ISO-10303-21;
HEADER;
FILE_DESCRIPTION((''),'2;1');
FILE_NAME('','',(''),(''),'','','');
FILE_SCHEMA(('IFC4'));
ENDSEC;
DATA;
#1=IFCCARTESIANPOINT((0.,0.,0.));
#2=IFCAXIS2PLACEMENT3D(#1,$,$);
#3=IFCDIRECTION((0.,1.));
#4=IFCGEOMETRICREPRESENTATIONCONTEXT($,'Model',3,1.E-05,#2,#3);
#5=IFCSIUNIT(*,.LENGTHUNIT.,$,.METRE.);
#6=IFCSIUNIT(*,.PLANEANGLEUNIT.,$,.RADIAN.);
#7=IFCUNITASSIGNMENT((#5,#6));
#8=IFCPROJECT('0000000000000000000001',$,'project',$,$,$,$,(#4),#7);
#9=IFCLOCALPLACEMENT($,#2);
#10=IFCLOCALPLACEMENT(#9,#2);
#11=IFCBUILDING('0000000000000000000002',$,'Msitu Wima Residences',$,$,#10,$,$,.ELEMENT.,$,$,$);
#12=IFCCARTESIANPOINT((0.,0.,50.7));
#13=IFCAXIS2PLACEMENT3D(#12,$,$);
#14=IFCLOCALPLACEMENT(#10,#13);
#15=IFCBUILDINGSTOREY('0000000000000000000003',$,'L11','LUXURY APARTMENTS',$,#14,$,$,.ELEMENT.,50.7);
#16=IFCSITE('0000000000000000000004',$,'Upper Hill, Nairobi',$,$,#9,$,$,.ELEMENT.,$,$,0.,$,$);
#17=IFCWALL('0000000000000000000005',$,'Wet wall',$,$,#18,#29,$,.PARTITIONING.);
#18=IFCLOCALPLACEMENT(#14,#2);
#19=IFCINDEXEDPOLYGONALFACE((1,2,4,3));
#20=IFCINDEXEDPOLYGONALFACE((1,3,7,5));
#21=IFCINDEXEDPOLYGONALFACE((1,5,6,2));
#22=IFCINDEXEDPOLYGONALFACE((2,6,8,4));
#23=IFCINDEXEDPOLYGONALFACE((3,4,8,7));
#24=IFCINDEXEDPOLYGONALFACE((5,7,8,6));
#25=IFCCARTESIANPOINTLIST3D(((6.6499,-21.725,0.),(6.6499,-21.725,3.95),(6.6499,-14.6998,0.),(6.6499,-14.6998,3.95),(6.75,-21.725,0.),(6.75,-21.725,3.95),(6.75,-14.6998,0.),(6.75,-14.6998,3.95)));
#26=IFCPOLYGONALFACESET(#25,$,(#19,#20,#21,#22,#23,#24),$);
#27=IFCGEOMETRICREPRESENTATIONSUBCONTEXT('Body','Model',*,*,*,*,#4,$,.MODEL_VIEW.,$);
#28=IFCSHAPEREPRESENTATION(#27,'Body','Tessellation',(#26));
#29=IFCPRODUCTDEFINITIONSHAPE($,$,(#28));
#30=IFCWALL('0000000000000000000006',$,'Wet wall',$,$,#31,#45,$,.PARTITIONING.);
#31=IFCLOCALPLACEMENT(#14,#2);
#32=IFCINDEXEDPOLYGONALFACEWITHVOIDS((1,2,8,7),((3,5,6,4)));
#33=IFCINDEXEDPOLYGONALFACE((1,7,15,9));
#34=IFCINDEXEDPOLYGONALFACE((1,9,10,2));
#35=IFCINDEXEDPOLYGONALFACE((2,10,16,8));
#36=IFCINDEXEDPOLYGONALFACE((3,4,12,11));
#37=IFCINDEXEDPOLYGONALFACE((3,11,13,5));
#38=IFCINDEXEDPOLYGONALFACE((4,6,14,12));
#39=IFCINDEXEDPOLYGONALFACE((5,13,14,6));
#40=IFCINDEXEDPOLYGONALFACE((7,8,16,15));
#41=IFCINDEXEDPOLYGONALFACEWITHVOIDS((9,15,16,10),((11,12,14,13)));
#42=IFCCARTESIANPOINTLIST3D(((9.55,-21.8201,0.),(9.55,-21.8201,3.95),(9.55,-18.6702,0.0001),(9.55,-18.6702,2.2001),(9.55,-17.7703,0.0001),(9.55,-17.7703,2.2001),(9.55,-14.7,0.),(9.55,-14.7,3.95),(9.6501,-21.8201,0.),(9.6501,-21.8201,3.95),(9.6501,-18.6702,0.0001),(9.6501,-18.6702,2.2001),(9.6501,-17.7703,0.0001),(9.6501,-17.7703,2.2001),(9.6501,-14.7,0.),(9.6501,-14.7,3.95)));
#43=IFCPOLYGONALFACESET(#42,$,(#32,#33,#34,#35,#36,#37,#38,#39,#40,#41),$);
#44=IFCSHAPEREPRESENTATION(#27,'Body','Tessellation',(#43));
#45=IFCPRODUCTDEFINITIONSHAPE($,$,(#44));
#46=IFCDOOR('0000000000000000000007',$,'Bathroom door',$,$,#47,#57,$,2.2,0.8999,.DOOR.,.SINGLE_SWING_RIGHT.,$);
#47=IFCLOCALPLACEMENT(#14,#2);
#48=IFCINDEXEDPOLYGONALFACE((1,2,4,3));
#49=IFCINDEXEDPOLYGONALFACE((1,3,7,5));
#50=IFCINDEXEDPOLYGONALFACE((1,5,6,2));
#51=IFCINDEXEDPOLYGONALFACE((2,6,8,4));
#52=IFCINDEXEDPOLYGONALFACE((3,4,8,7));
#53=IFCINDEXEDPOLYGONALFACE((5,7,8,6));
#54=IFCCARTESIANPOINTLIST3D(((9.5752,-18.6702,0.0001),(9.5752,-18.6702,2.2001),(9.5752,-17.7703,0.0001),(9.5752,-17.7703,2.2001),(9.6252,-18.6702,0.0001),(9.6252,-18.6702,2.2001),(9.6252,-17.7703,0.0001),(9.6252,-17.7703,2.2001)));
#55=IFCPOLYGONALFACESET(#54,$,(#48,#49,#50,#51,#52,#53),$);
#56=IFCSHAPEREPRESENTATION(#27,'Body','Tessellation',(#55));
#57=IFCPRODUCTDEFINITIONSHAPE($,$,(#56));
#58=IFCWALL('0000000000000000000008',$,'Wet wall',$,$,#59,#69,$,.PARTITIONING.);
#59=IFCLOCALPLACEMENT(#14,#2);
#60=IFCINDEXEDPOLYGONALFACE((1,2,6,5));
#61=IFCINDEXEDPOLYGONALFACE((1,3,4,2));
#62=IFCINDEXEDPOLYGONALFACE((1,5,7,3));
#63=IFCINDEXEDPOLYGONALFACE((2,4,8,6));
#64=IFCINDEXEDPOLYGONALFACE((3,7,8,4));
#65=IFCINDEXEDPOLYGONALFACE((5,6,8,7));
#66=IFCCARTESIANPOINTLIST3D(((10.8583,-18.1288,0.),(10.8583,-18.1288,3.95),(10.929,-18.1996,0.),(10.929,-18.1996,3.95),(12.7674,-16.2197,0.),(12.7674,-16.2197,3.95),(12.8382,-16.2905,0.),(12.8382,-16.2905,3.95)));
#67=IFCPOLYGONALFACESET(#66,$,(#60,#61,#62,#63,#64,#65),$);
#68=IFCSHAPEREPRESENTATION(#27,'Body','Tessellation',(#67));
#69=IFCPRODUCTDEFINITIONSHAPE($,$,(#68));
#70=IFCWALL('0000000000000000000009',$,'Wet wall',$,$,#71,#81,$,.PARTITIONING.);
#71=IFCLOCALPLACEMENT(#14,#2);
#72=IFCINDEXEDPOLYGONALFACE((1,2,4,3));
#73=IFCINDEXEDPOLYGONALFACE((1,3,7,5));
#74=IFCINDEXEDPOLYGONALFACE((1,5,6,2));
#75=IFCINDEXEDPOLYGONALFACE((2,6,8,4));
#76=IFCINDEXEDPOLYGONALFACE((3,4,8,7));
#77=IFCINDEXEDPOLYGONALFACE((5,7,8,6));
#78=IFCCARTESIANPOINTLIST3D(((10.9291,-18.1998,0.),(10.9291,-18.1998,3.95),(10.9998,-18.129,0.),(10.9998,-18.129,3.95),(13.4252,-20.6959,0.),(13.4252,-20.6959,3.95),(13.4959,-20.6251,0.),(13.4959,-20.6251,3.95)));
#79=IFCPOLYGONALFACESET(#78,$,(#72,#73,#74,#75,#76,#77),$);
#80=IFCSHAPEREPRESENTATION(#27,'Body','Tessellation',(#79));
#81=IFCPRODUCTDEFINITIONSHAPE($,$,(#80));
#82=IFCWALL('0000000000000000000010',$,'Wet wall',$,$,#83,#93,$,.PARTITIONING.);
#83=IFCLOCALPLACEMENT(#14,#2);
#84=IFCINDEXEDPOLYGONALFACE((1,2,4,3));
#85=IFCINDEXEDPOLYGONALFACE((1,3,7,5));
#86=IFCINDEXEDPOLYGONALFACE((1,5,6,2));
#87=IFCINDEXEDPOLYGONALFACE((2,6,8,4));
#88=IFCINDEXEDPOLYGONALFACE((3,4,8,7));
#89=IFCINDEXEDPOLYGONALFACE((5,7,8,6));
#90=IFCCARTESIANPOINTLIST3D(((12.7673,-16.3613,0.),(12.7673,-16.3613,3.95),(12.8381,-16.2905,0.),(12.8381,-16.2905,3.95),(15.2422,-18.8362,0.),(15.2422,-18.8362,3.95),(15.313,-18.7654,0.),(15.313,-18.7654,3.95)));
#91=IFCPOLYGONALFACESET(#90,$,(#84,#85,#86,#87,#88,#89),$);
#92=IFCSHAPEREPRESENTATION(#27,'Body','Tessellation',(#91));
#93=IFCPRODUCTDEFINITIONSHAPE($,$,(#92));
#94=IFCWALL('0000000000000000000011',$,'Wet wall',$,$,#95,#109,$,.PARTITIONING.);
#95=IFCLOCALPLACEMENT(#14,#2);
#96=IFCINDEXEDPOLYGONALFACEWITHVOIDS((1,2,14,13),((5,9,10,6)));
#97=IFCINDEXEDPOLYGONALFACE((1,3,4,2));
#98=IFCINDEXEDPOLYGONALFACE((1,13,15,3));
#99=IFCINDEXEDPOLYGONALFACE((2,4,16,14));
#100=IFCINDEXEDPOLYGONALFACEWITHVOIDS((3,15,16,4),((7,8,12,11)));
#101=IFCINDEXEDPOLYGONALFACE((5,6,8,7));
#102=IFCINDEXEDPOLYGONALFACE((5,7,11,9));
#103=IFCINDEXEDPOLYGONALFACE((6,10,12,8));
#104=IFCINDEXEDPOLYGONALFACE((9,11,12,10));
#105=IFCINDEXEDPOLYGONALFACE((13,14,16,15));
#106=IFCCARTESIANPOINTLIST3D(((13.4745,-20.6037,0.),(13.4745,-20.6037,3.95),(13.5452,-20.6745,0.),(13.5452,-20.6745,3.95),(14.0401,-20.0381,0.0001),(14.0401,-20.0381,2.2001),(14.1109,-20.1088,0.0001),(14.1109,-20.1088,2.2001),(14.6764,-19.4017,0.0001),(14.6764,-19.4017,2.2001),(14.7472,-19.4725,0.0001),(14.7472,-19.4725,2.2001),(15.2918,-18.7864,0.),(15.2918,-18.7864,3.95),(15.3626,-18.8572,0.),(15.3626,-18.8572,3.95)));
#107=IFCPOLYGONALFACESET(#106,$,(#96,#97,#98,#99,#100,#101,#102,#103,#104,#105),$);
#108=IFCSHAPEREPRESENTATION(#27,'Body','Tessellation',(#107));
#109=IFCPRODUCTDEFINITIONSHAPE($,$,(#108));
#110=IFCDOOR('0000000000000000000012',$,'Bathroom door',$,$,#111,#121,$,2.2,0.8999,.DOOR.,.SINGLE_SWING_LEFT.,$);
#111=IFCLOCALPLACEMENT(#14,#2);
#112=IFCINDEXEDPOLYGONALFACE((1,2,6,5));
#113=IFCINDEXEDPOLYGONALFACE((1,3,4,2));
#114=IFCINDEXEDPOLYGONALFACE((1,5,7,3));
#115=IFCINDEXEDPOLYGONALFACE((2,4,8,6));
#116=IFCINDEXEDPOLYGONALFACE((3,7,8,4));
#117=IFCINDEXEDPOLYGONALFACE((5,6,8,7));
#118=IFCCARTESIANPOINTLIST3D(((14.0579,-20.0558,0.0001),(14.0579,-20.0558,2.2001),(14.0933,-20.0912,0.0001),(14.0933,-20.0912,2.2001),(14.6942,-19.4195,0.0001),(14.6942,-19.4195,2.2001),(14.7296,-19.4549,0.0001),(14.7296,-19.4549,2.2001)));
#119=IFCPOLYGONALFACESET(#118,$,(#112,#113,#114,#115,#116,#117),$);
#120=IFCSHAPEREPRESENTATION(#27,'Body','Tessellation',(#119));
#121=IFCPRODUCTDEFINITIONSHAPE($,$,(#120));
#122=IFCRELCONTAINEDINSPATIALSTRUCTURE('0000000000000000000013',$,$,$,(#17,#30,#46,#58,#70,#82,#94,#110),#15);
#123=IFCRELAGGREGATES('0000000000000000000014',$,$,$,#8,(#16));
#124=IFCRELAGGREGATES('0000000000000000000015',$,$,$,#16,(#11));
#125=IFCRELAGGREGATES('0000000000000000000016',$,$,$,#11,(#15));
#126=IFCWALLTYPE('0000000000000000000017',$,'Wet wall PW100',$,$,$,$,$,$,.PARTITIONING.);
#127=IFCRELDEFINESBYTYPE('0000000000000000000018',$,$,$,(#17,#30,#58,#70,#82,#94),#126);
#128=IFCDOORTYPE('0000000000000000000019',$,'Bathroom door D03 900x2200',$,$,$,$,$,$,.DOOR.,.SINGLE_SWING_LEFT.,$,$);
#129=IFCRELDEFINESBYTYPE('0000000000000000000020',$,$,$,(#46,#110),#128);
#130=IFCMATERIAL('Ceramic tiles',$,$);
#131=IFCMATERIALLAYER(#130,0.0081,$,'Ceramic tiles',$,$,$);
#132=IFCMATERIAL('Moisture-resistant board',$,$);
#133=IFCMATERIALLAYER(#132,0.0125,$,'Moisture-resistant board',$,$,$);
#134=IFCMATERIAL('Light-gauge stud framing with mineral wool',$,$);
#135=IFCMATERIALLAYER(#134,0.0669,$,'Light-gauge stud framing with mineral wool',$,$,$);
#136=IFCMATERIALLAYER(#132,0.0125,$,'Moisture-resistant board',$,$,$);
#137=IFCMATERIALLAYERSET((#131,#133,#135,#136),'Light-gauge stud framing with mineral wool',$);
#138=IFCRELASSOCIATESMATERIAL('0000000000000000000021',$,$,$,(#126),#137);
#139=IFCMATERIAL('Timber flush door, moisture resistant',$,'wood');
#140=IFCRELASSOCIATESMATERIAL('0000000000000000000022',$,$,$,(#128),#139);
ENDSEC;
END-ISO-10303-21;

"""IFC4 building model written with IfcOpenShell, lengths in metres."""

from ifc_helpers import new_model, si_unit, direction, frame, frame_2d, origin, place, context, subcontext, project, spatial, rectangle, extrude, material, layer, layer_set, type_object, element, fill, save


model = new_model("IFC4")

# Units and contexts
model_context = context("Model", 3, precision=1e-05, world=origin(), true_north=direction((0.0, 1.0)))
body_context = subcontext(model_context, "Body", "Model", "MODEL_VIEW")
ifc_project = project(units=[si_unit("LENGTHUNIT", "METRE"), si_unit("PLANEANGLEUNIT", "RADIAN")], contexts=[model_context])

# Site, building, storey
site_placement = place(None, origin())
site = spatial("IfcSite", under=ifc_project, at=site_placement, Name="Upper Hill, Nairobi", CompositionType="ELEMENT", RefElevation=0.0)
building_placement = place(site_placement, origin())
building = spatial("IfcBuilding", under=site, at=building_placement, Name="Msitu Wima Residences", CompositionType="ELEMENT")
storey_placement = place(building_placement, frame((0.0, 0.0, 50.7)))
storey = spatial("IfcBuildingStorey", under=building, at=storey_placement, Name="L11", Description="LUXURY APARTMENTS", CompositionType="ELEMENT", Elevation=50.7)

# Wall
ifc_material_1 = material(Name="Ceramic tiles")
ifc_layer_1 = layer(ifc_material_1, 0.0081, Name="Ceramic tiles")
ifc_material_2 = material(Name="Moisture-resistant board")
ifc_layer_2 = layer(ifc_material_2, 0.0125, Name="Moisture-resistant board")
ifc_material_3 = material(Name="Light-gauge stud framing with mineral wool")
ifc_layer_3 = layer(ifc_material_3, 0.0669, Name="Light-gauge stud framing with mineral wool")
ifc_layer_4 = layer(ifc_material_2, 0.0125, Name="Moisture-resistant board")
ifc_layer_set_1 = layer_set([ifc_layer_1, ifc_layer_2, ifc_layer_3, ifc_layer_4], Name="Light-gauge stud framing with mineral wool")
wall_type_1 = type_object("IfcWallType", Name="Wet wall PW100", PredefinedType="PARTITIONING", material=ifc_layer_set_1)
wall_1_placement = place(storey_placement, frame((6.7, -21.7251, 0.0), z_axis=(0.0, 0.0, 1.0), x_axis=(0.0, 1.0, 0.0)))
element("IfcWall", 1, at=wall_1_placement, inside=storey, type_object=wall_type_1, Name="Wet wall", PredefinedType="PARTITIONING", context=body_context, shape_type="SweptSolid", body=[
    extrude(rectangle(XDim=7.0251, YDim=0.1001, at=frame_2d((3.5127, 0.0))), origin(), (0.0, 0.0, 1.0), 3.95),
])

# Wall, opening, door
wall_2_placement = place(storey_placement, frame((9.6001, -21.8201, 0.0), z_axis=(0.0, 0.0, 1.0), x_axis=(0.0, 1.0, 0.0)))
wall_2 = element("IfcWall", 2, at=wall_2_placement, inside=storey, type_object=wall_type_1, Name="Wet wall", PredefinedType="PARTITIONING", context=body_context, shape_type="SweptSolid", body=[
    extrude(rectangle(XDim=7.1201, YDim=0.1001, at=frame_2d((3.5601, 0.0))), origin(), (0.0, 0.0, 1.0), 3.95),
])
opening_1_placement = place(wall_2_placement, frame((3.1499, 0.0, 0.0)))
opening_1 = element("IfcOpeningElement", 3, at=opening_1_placement, cuts=wall_2, PredefinedType="OPENING", context=body_context, shape_type="SweptSolid", body=[
    extrude(rectangle(XDim=0.8999, YDim=2.2, at=frame_2d((0.45, 1.1001))), frame((0.0, 0.0601, 0.0), z_axis=(0.0, -1.0, 0.0), x_axis=(1.0, 0.0, 0.0)), (0.0, 0.0, 1.0), 0.1201),
])
ifc_material_4 = material(Name="Timber flush door, moisture resistant", Category="wood")
door_type_1 = type_object("IfcDoorType", Name="Bathroom door D03 900x2200", OperationType="SINGLE_SWING_LEFT", PredefinedType="DOOR", material=ifc_material_4)
door_1_placement = place(opening_1_placement, origin())
door_1 = element("IfcDoor", 4, at=door_1_placement, inside=storey, type_object=door_type_1, Name="Bathroom door", OperationType="SINGLE_SWING_RIGHT", OverallHeight=2.2, OverallWidth=0.8999, PredefinedType="DOOR", context=body_context, shape_type="SweptSolid", body=[
    extrude(rectangle(XDim=0.8999, YDim=2.2, at=frame_2d((0.45, 1.1001))), frame((0.0, 0.0249, 0.0), z_axis=(0.0, -1.0, 0.0), x_axis=(1.0, 0.0, 0.0)), (0.0, 0.0, 1.0), 0.05),
])
fill(opening_1, door_1)

# Walls
wall_3_placement = place(storey_placement, frame((10.8936, -18.1643, 0.0), z_axis=(0.0, 0.0, 1.0), x_axis=(0.707107, 0.707107, 0.0)))
element("IfcWall", 5, at=wall_3_placement, inside=storey, type_object=wall_type_1, Name="Wet wall", PredefinedType="PARTITIONING", context=body_context, shape_type="SweptSolid", body=[
    extrude(rectangle(XDim=2.7, YDim=0.1001, at=frame_2d((1.3501, 0.0))), origin(), (0.0, 0.0, 1.0), 3.95),
])
wall_4_placement = place(storey_placement, frame((10.9644, -18.1643, 0.0), z_axis=(0.0, 0.0, 1.0), x_axis=(0.707107, -0.707107, 0.0)))
element("IfcWall", 6, at=wall_4_placement, inside=storey, type_object=wall_type_1, Name="Wet wall", PredefinedType="PARTITIONING", context=body_context, shape_type="SweptSolid", body=[
    extrude(rectangle(XDim=3.53, YDim=0.1001, at=frame_2d((1.7651, 0.0))), origin(), (0.0, 0.0, 1.0), 3.95),
])
wall_5_placement = place(storey_placement, frame((12.8027, -16.3259, 0.0), z_axis=(0.0, 0.0, 1.0), x_axis=(0.707107, -0.707107, 0.0)))
element("IfcWall", 7, at=wall_5_placement, inside=storey, type_object=wall_type_1, Name="Wet wall", PredefinedType="PARTITIONING", context=body_context, shape_type="SweptSolid", body=[
    extrude(rectangle(XDim=3.5, YDim=0.1001, at=frame_2d((1.75, 0.0))), origin(), (0.0, 0.0, 1.0), 3.95),
])

# Wall, opening, door
wall_6_placement = place(storey_placement, frame((13.5098, -20.6392, 0.0), z_axis=(0.0, 0.0, 1.0), x_axis=(0.707107, 0.707107, 0.0)))
wall_6 = element("IfcWall", 8, at=wall_6_placement, inside=storey, type_object=wall_type_1, Name="Wet wall", PredefinedType="PARTITIONING", context=body_context, shape_type="SweptSolid", body=[
    extrude(rectangle(XDim=2.5701, YDim=0.1001, at=frame_2d((1.2852, 0.0))), origin(), (0.0, 0.0, 1.0), 3.95),
])
opening_2_placement = place(wall_6_placement, frame((0.8, 0.0, 0.0)))
opening_2 = element("IfcOpeningElement", 9, at=opening_2_placement, cuts=wall_6, PredefinedType="OPENING", context=body_context, shape_type="SweptSolid", body=[
    extrude(rectangle(XDim=0.8999, YDim=2.2, at=frame_2d((0.45, 1.1001))), frame((0.0, 0.0601, 0.0), z_axis=(0.0, -1.0, 0.0), x_axis=(1.0, 0.0, 0.0)), (0.0, 0.0, 1.0), 0.1201),
])
door_2_placement = place(opening_2_placement, origin())
door_2 = element("IfcDoor", 10, at=door_2_placement, inside=storey, type_object=door_type_1, Name="Bathroom door", OperationType="SINGLE_SWING_LEFT", OverallHeight=2.2, OverallWidth=0.8999, PredefinedType="DOOR", context=body_context, shape_type="SweptSolid", body=[
    extrude(rectangle(XDim=0.8999, YDim=2.2, at=frame_2d((0.45, 1.1001))), frame((0.0, 0.0249, 0.0), z_axis=(0.0, -1.0, 0.0), x_axis=(1.0, 0.0, 0.0)), (0.0, 0.0, 1.0), 0.05),
])
fill(opening_2, door_2)

save(model, "model.ifc")
